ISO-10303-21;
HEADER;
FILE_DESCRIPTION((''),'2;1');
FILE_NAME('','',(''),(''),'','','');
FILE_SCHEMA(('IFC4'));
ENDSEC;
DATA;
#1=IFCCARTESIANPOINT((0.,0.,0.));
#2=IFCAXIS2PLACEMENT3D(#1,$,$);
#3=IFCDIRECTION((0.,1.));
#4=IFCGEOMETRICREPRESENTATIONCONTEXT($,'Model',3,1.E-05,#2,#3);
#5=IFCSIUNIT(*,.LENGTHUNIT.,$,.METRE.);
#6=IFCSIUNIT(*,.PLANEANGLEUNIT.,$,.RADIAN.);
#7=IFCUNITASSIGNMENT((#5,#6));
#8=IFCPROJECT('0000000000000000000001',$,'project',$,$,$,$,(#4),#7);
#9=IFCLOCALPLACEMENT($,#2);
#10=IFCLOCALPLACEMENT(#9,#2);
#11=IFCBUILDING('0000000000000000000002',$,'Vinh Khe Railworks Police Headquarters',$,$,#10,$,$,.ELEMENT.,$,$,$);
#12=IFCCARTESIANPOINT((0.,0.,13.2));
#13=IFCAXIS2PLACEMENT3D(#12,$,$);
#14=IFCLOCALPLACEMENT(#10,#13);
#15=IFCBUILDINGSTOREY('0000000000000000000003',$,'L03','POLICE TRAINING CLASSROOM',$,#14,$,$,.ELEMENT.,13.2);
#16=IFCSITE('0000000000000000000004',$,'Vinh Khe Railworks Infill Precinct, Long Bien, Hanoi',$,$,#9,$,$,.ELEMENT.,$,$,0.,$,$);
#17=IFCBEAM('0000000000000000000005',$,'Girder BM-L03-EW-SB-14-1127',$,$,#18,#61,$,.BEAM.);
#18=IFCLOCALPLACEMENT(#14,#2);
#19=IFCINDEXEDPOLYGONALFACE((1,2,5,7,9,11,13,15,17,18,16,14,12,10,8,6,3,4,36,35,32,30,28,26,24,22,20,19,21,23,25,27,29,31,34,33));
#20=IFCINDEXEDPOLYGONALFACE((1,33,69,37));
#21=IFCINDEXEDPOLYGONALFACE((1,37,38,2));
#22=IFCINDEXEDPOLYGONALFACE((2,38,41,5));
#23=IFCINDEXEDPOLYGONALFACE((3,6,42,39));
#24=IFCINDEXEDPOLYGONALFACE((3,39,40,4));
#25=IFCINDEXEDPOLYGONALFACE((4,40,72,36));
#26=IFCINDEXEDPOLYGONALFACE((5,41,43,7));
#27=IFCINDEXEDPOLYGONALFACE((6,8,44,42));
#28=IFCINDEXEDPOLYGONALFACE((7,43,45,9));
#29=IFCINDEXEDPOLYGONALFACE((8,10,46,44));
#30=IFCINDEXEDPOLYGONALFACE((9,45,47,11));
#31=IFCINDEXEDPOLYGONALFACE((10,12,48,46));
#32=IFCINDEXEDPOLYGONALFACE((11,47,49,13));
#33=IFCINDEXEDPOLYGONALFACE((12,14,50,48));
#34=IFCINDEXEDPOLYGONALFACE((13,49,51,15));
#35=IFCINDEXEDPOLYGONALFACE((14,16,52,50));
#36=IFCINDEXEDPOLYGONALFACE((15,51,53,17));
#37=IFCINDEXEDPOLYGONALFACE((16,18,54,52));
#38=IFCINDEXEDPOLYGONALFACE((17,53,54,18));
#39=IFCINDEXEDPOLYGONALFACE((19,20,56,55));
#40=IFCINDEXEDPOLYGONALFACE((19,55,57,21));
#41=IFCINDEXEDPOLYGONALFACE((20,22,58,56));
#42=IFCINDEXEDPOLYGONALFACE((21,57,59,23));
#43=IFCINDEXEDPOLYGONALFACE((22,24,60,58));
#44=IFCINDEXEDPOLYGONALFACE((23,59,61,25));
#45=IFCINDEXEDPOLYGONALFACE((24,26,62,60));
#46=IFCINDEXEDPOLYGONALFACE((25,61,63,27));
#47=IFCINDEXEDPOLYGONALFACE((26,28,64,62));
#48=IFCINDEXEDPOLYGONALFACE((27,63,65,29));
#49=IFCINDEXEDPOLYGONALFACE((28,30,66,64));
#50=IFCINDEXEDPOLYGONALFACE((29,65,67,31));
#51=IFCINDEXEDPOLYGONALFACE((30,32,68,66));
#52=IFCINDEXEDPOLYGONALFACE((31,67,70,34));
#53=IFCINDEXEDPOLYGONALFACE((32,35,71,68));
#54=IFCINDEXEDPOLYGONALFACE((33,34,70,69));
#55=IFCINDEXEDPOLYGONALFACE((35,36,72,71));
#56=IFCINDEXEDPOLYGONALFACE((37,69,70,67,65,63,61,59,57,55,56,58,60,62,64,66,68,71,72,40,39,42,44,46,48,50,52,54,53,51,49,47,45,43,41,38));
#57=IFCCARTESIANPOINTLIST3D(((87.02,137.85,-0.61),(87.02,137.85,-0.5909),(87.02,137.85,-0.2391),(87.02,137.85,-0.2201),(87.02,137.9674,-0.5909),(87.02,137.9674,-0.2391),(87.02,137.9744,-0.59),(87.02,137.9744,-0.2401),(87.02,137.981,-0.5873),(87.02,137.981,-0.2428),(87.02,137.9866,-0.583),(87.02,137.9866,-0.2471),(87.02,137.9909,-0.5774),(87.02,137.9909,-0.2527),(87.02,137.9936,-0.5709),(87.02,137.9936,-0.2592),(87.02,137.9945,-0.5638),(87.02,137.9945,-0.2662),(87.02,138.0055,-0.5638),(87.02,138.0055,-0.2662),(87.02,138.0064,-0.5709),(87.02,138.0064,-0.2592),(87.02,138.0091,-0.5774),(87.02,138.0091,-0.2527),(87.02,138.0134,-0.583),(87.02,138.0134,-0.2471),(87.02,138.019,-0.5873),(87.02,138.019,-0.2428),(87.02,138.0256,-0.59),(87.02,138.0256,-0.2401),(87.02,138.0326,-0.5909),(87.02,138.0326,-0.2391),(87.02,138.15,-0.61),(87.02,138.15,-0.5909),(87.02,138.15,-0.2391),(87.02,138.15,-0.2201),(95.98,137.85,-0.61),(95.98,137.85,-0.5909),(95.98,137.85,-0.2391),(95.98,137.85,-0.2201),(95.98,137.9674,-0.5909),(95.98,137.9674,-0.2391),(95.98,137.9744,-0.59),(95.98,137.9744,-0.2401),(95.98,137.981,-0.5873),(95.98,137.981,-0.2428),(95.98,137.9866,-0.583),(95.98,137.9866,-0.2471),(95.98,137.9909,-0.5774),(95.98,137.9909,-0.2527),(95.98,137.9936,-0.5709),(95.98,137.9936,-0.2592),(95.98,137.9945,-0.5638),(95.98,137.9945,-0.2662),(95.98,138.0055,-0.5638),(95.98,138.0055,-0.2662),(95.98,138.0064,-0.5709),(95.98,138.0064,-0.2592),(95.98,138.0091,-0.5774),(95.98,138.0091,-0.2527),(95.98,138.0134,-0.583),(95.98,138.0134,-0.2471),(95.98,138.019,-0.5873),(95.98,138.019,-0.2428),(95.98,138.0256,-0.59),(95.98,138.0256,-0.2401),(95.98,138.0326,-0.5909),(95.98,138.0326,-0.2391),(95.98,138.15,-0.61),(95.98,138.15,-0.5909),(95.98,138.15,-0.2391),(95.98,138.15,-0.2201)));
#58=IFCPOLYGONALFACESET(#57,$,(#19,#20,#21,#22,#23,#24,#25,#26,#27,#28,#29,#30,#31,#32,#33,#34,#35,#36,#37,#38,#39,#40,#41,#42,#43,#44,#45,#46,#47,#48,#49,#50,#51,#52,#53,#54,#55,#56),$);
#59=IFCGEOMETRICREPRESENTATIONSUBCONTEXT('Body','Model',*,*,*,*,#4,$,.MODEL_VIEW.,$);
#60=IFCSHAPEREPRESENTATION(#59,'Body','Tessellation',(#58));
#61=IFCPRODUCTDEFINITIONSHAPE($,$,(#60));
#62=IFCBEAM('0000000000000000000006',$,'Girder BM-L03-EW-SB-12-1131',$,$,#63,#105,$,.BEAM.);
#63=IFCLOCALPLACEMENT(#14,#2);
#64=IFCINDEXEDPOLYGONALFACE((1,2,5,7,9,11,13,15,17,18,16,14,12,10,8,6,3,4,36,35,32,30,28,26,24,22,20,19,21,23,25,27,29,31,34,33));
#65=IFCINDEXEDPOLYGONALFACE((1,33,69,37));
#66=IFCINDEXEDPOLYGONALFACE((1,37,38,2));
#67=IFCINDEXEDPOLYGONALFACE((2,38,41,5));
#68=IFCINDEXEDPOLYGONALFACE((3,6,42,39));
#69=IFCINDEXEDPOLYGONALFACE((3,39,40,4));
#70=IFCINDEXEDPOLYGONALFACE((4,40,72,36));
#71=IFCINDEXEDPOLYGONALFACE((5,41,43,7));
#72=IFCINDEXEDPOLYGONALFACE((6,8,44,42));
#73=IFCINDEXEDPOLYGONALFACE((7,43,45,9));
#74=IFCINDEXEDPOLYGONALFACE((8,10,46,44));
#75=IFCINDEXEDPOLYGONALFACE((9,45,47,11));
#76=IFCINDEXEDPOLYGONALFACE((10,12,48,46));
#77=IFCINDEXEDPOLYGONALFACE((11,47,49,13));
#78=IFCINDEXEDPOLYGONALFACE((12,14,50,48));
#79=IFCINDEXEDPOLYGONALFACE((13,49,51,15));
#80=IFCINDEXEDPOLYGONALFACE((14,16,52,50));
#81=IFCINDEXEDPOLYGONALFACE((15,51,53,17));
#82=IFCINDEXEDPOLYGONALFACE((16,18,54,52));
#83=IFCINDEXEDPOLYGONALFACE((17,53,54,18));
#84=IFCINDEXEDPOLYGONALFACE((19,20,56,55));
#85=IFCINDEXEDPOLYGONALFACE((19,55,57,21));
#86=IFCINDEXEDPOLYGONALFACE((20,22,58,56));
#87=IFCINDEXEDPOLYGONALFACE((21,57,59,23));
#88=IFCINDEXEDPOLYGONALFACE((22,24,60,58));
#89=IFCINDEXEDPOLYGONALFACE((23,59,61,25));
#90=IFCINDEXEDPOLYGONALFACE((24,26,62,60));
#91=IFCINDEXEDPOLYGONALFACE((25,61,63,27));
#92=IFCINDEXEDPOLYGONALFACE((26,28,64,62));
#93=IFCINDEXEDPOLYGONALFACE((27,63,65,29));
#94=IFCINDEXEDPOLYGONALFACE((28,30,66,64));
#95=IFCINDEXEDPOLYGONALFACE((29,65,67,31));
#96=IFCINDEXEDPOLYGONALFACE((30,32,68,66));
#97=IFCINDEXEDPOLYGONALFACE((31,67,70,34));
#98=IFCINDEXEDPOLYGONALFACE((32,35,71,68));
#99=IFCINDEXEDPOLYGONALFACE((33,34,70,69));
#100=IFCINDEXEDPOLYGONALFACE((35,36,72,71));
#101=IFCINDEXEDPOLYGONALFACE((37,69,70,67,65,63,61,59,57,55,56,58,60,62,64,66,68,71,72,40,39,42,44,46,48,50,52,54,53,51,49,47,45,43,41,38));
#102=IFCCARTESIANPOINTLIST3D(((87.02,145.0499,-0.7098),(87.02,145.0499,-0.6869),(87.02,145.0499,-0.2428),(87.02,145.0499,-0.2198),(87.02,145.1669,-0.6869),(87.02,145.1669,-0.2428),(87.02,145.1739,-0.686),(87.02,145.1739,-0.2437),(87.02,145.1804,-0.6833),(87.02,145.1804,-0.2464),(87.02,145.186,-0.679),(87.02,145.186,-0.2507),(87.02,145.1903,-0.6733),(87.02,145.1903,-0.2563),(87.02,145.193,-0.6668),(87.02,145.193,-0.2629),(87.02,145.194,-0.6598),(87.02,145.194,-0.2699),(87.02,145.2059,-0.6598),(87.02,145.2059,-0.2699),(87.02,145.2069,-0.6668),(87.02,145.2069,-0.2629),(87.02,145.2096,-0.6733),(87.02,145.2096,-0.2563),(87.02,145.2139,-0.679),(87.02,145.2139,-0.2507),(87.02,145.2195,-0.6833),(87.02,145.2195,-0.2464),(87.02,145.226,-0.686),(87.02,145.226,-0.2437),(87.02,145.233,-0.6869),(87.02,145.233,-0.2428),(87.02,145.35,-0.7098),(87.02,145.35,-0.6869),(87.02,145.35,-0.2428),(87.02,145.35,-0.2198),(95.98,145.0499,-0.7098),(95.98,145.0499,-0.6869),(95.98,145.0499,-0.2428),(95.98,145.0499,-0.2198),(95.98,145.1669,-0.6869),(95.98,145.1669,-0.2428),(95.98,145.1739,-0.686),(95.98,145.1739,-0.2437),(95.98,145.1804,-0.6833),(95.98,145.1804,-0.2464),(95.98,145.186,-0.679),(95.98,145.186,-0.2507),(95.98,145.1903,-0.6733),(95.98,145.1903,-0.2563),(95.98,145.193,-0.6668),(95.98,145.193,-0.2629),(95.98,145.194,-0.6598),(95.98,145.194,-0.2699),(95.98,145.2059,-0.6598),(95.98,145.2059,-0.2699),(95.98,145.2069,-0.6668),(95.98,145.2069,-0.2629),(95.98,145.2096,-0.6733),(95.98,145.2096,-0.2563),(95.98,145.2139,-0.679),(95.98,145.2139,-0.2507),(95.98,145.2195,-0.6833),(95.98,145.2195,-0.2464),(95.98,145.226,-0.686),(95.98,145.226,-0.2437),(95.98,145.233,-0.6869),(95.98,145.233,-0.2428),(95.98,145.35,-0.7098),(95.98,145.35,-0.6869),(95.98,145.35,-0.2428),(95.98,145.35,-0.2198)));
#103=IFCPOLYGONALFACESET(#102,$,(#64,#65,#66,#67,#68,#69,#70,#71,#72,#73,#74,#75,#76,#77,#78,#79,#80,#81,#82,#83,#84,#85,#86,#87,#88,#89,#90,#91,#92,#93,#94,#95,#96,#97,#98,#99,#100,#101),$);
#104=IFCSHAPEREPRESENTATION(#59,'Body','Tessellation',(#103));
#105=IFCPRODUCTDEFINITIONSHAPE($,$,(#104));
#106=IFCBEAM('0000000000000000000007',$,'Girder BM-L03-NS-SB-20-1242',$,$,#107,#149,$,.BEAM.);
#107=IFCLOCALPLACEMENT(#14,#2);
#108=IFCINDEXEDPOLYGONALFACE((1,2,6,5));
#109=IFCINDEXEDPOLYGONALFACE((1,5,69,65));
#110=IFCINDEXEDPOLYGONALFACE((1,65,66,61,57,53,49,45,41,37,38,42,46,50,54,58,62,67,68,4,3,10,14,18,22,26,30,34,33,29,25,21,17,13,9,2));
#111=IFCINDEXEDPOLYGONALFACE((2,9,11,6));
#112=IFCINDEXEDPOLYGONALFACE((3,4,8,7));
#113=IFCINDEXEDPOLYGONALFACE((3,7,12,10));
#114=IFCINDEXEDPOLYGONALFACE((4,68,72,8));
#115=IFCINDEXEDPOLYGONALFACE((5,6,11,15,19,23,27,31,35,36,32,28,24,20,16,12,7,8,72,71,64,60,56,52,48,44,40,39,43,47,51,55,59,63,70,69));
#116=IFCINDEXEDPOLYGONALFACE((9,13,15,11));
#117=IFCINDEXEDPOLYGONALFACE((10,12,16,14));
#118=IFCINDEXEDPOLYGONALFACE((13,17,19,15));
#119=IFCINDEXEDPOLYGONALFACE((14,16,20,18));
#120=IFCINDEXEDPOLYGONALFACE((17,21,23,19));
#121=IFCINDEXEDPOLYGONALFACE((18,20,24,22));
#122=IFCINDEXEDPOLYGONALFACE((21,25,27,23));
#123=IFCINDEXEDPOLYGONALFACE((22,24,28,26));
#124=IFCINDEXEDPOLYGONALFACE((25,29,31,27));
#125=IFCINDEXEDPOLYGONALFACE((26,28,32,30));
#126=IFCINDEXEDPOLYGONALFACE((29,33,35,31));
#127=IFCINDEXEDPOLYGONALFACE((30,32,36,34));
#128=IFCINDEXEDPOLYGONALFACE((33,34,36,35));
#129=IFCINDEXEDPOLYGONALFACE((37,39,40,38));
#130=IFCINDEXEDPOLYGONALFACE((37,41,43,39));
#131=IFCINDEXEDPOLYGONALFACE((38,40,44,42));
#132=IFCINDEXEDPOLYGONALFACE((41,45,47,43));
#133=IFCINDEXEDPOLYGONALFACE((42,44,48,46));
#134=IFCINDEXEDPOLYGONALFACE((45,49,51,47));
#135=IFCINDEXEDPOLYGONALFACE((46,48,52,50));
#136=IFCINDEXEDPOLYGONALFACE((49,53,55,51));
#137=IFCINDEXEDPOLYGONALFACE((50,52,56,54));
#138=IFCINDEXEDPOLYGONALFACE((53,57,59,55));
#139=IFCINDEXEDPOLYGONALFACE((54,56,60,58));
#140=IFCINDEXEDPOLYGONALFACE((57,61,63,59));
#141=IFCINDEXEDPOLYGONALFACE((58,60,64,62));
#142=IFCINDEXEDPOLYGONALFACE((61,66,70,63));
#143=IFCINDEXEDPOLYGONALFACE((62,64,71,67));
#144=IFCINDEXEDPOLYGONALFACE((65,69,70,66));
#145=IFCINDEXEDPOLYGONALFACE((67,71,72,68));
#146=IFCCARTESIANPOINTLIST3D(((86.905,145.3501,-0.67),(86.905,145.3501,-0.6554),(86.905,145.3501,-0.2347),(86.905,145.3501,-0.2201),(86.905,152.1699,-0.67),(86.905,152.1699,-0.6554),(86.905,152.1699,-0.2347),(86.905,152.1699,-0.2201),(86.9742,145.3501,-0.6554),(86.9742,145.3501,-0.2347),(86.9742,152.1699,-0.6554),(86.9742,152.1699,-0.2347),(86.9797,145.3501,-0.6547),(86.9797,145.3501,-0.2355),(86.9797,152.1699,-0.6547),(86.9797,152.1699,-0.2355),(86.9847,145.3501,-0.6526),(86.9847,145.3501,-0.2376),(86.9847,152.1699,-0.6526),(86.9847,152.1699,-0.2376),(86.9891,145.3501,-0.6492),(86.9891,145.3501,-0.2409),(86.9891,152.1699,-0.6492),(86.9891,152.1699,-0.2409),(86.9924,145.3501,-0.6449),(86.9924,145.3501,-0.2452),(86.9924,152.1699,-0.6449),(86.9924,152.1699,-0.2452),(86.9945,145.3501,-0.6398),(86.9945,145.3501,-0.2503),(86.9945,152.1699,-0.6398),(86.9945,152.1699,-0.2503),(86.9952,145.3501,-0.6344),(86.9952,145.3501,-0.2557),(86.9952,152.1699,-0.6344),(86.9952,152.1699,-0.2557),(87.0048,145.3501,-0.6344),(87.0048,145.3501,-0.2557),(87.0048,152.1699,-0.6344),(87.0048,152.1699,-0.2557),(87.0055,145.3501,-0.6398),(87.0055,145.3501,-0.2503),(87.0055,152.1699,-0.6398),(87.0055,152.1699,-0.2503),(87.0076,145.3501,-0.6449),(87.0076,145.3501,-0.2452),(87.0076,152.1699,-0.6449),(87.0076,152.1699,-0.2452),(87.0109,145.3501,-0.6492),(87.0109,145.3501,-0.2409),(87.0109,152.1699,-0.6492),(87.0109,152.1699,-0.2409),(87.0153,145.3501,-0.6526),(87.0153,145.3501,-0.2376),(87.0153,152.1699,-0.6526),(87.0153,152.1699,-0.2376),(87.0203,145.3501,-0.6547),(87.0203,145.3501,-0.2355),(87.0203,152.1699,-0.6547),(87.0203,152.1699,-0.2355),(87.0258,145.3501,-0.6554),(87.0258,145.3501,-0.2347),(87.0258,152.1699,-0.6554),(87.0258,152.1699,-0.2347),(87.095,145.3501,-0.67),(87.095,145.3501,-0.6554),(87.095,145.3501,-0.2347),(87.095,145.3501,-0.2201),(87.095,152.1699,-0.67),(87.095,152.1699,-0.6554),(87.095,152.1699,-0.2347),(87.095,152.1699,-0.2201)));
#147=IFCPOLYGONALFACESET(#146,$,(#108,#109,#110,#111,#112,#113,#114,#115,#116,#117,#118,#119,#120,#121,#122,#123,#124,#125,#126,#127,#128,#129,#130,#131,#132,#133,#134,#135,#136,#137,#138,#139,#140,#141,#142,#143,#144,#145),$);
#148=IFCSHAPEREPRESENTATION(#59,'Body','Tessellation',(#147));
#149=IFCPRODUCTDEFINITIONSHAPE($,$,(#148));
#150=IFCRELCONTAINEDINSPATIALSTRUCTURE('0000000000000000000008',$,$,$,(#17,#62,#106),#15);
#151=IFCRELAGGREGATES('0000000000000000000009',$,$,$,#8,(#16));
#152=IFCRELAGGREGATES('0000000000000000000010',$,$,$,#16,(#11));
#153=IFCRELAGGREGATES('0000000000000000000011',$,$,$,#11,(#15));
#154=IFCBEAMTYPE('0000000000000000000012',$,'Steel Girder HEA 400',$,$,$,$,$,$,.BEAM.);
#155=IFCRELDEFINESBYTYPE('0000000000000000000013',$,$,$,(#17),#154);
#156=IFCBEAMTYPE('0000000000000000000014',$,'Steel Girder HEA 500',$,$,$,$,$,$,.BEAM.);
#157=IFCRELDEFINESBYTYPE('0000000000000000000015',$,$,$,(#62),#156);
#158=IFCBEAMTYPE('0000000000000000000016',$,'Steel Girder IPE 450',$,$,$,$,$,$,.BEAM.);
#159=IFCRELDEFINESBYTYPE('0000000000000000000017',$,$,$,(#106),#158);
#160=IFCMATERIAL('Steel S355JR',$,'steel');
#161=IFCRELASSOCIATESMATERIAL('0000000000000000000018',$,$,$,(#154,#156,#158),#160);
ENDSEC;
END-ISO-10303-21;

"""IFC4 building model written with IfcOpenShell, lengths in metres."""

from ifc_helpers import new_model, si_unit, direction, frame, origin, origin_2d, place, context, subcontext, project, spatial, i_section, extrude, material, material_profile, profile_set, type_object, element, save


model = new_model("IFC4")

# Units and contexts
model_context = context("Model", 3, precision=1e-05, world=origin(), true_north=direction((0.0, 1.0)))
body_context = subcontext(model_context, "Body", "Model", "MODEL_VIEW")
ifc_project = project(units=[si_unit("LENGTHUNIT", "METRE"), si_unit("PLANEANGLEUNIT", "RADIAN")], contexts=[model_context])

# Site, building, storey
site_placement = place(None, origin())
site = spatial("IfcSite", under=ifc_project, at=site_placement, Name="Vinh Khe Railworks Infill Precinct, Long Bien, Hanoi", CompositionType="ELEMENT", RefElevation=0.0)
building_placement = place(site_placement, origin())
building = spatial("IfcBuilding", under=site, at=building_placement, Name="Vinh Khe Railworks Police Headquarters", CompositionType="ELEMENT")
storey_placement = place(building_placement, frame((0.0, 0.0, 13.2)))
storey = spatial("IfcBuildingStorey", under=building, at=storey_placement, Name="L03", Description="POLICE TRAINING CLASSROOM", CompositionType="ELEMENT", Elevation=13.2)

# Shared definitions
ifc_material_1 = material(Name="Steel S355JR", Category="steel")

# Beams
ifc_material_profile_1 = material_profile(ifc_material_1, i_section(OverallWidth=0.3, OverallDepth=0.3899, WebThickness=0.011, FlangeThickness=0.019, FilletRadius=0.0271, at=origin_2d()), Name="HEA 400")
ifc_profile_set_1 = profile_set([ifc_material_profile_1], Name="Steel S355JR")
beam_type_1 = type_object("IfcBeamType", Name="Steel Girder HEA 400", PredefinedType="BEAM", material=ifc_profile_set_1)
beam_1_placement = place(storey_placement, frame((87.02, 138.0, -0.415), z_axis=(1.0, 0.0, 0.0), x_axis=(0.0, 1.0, 0.0)))
element("IfcBeam", 1, at=beam_1_placement, inside=storey, type_object=beam_type_1, Name="Girder BM-L03-EW-SB-14-1127", PredefinedType="BEAM", context=body_context, shape_type="SweptSolid", body=[
    extrude(i_section(OverallWidth=0.3, OverallDepth=0.3899, WebThickness=0.011, FlangeThickness=0.019, FilletRadius=0.0271, at=origin_2d()), origin(), (0.0, 0.0, 1.0), 8.96),
])
ifc_material_profile_2 = material_profile(ifc_material_1, i_section(OverallWidth=0.3, OverallDepth=0.49, WebThickness=0.012, FlangeThickness=0.0229, FilletRadius=0.0271, at=origin_2d()), Name="HEA 500")
ifc_profile_set_2 = profile_set([ifc_material_profile_2], Name="Steel S355JR")
beam_type_2 = type_object("IfcBeamType", Name="Steel Girder HEA 500", PredefinedType="BEAM", material=ifc_profile_set_2)
beam_2_placement = place(storey_placement, frame((87.02, 145.2, -0.4648), z_axis=(1.0, 0.0, 0.0), x_axis=(0.0, 1.0, 0.0)))
element("IfcBeam", 2, at=beam_2_placement, inside=storey, type_object=beam_type_2, Name="Girder BM-L03-EW-SB-12-1131", PredefinedType="BEAM", context=body_context, shape_type="SweptSolid", body=[
    extrude(i_section(OverallWidth=0.3, OverallDepth=0.49, WebThickness=0.012, FlangeThickness=0.0229, FilletRadius=0.0271, at=origin_2d()), origin(), (0.0, 0.0, 1.0), 8.96),
])
ifc_material_profile_3 = material_profile(ifc_material_1, i_section(OverallWidth=0.1899, OverallDepth=0.45, WebThickness=0.0095, FlangeThickness=0.0146, FilletRadius=0.021, at=origin_2d()), Name="IPE 450")
ifc_profile_set_3 = profile_set([ifc_material_profile_3], Name="Steel S355JR")
beam_type_3 = type_object("IfcBeamType", Name="Steel Girder IPE 450", PredefinedType="BEAM", material=ifc_profile_set_3)
beam_3_placement = place(storey_placement, frame((87.0, 145.3501, -0.4451), z_axis=(0.0, 1.0, 0.0), x_axis=(-1.0, 0.0, 0.0)))
element("IfcBeam", 3, at=beam_3_placement, inside=storey, type_object=beam_type_3, Name="Girder BM-L03-NS-SB-20-1242", PredefinedType="BEAM", context=body_context, shape_type="SweptSolid", body=[
    extrude(i_section(OverallWidth=0.1899, OverallDepth=0.45, WebThickness=0.0095, FlangeThickness=0.0146, FilletRadius=0.021, at=origin_2d()), origin(), (0.0, 0.0, 1.0), 6.8198),
])

save(model, "model.ifc")
